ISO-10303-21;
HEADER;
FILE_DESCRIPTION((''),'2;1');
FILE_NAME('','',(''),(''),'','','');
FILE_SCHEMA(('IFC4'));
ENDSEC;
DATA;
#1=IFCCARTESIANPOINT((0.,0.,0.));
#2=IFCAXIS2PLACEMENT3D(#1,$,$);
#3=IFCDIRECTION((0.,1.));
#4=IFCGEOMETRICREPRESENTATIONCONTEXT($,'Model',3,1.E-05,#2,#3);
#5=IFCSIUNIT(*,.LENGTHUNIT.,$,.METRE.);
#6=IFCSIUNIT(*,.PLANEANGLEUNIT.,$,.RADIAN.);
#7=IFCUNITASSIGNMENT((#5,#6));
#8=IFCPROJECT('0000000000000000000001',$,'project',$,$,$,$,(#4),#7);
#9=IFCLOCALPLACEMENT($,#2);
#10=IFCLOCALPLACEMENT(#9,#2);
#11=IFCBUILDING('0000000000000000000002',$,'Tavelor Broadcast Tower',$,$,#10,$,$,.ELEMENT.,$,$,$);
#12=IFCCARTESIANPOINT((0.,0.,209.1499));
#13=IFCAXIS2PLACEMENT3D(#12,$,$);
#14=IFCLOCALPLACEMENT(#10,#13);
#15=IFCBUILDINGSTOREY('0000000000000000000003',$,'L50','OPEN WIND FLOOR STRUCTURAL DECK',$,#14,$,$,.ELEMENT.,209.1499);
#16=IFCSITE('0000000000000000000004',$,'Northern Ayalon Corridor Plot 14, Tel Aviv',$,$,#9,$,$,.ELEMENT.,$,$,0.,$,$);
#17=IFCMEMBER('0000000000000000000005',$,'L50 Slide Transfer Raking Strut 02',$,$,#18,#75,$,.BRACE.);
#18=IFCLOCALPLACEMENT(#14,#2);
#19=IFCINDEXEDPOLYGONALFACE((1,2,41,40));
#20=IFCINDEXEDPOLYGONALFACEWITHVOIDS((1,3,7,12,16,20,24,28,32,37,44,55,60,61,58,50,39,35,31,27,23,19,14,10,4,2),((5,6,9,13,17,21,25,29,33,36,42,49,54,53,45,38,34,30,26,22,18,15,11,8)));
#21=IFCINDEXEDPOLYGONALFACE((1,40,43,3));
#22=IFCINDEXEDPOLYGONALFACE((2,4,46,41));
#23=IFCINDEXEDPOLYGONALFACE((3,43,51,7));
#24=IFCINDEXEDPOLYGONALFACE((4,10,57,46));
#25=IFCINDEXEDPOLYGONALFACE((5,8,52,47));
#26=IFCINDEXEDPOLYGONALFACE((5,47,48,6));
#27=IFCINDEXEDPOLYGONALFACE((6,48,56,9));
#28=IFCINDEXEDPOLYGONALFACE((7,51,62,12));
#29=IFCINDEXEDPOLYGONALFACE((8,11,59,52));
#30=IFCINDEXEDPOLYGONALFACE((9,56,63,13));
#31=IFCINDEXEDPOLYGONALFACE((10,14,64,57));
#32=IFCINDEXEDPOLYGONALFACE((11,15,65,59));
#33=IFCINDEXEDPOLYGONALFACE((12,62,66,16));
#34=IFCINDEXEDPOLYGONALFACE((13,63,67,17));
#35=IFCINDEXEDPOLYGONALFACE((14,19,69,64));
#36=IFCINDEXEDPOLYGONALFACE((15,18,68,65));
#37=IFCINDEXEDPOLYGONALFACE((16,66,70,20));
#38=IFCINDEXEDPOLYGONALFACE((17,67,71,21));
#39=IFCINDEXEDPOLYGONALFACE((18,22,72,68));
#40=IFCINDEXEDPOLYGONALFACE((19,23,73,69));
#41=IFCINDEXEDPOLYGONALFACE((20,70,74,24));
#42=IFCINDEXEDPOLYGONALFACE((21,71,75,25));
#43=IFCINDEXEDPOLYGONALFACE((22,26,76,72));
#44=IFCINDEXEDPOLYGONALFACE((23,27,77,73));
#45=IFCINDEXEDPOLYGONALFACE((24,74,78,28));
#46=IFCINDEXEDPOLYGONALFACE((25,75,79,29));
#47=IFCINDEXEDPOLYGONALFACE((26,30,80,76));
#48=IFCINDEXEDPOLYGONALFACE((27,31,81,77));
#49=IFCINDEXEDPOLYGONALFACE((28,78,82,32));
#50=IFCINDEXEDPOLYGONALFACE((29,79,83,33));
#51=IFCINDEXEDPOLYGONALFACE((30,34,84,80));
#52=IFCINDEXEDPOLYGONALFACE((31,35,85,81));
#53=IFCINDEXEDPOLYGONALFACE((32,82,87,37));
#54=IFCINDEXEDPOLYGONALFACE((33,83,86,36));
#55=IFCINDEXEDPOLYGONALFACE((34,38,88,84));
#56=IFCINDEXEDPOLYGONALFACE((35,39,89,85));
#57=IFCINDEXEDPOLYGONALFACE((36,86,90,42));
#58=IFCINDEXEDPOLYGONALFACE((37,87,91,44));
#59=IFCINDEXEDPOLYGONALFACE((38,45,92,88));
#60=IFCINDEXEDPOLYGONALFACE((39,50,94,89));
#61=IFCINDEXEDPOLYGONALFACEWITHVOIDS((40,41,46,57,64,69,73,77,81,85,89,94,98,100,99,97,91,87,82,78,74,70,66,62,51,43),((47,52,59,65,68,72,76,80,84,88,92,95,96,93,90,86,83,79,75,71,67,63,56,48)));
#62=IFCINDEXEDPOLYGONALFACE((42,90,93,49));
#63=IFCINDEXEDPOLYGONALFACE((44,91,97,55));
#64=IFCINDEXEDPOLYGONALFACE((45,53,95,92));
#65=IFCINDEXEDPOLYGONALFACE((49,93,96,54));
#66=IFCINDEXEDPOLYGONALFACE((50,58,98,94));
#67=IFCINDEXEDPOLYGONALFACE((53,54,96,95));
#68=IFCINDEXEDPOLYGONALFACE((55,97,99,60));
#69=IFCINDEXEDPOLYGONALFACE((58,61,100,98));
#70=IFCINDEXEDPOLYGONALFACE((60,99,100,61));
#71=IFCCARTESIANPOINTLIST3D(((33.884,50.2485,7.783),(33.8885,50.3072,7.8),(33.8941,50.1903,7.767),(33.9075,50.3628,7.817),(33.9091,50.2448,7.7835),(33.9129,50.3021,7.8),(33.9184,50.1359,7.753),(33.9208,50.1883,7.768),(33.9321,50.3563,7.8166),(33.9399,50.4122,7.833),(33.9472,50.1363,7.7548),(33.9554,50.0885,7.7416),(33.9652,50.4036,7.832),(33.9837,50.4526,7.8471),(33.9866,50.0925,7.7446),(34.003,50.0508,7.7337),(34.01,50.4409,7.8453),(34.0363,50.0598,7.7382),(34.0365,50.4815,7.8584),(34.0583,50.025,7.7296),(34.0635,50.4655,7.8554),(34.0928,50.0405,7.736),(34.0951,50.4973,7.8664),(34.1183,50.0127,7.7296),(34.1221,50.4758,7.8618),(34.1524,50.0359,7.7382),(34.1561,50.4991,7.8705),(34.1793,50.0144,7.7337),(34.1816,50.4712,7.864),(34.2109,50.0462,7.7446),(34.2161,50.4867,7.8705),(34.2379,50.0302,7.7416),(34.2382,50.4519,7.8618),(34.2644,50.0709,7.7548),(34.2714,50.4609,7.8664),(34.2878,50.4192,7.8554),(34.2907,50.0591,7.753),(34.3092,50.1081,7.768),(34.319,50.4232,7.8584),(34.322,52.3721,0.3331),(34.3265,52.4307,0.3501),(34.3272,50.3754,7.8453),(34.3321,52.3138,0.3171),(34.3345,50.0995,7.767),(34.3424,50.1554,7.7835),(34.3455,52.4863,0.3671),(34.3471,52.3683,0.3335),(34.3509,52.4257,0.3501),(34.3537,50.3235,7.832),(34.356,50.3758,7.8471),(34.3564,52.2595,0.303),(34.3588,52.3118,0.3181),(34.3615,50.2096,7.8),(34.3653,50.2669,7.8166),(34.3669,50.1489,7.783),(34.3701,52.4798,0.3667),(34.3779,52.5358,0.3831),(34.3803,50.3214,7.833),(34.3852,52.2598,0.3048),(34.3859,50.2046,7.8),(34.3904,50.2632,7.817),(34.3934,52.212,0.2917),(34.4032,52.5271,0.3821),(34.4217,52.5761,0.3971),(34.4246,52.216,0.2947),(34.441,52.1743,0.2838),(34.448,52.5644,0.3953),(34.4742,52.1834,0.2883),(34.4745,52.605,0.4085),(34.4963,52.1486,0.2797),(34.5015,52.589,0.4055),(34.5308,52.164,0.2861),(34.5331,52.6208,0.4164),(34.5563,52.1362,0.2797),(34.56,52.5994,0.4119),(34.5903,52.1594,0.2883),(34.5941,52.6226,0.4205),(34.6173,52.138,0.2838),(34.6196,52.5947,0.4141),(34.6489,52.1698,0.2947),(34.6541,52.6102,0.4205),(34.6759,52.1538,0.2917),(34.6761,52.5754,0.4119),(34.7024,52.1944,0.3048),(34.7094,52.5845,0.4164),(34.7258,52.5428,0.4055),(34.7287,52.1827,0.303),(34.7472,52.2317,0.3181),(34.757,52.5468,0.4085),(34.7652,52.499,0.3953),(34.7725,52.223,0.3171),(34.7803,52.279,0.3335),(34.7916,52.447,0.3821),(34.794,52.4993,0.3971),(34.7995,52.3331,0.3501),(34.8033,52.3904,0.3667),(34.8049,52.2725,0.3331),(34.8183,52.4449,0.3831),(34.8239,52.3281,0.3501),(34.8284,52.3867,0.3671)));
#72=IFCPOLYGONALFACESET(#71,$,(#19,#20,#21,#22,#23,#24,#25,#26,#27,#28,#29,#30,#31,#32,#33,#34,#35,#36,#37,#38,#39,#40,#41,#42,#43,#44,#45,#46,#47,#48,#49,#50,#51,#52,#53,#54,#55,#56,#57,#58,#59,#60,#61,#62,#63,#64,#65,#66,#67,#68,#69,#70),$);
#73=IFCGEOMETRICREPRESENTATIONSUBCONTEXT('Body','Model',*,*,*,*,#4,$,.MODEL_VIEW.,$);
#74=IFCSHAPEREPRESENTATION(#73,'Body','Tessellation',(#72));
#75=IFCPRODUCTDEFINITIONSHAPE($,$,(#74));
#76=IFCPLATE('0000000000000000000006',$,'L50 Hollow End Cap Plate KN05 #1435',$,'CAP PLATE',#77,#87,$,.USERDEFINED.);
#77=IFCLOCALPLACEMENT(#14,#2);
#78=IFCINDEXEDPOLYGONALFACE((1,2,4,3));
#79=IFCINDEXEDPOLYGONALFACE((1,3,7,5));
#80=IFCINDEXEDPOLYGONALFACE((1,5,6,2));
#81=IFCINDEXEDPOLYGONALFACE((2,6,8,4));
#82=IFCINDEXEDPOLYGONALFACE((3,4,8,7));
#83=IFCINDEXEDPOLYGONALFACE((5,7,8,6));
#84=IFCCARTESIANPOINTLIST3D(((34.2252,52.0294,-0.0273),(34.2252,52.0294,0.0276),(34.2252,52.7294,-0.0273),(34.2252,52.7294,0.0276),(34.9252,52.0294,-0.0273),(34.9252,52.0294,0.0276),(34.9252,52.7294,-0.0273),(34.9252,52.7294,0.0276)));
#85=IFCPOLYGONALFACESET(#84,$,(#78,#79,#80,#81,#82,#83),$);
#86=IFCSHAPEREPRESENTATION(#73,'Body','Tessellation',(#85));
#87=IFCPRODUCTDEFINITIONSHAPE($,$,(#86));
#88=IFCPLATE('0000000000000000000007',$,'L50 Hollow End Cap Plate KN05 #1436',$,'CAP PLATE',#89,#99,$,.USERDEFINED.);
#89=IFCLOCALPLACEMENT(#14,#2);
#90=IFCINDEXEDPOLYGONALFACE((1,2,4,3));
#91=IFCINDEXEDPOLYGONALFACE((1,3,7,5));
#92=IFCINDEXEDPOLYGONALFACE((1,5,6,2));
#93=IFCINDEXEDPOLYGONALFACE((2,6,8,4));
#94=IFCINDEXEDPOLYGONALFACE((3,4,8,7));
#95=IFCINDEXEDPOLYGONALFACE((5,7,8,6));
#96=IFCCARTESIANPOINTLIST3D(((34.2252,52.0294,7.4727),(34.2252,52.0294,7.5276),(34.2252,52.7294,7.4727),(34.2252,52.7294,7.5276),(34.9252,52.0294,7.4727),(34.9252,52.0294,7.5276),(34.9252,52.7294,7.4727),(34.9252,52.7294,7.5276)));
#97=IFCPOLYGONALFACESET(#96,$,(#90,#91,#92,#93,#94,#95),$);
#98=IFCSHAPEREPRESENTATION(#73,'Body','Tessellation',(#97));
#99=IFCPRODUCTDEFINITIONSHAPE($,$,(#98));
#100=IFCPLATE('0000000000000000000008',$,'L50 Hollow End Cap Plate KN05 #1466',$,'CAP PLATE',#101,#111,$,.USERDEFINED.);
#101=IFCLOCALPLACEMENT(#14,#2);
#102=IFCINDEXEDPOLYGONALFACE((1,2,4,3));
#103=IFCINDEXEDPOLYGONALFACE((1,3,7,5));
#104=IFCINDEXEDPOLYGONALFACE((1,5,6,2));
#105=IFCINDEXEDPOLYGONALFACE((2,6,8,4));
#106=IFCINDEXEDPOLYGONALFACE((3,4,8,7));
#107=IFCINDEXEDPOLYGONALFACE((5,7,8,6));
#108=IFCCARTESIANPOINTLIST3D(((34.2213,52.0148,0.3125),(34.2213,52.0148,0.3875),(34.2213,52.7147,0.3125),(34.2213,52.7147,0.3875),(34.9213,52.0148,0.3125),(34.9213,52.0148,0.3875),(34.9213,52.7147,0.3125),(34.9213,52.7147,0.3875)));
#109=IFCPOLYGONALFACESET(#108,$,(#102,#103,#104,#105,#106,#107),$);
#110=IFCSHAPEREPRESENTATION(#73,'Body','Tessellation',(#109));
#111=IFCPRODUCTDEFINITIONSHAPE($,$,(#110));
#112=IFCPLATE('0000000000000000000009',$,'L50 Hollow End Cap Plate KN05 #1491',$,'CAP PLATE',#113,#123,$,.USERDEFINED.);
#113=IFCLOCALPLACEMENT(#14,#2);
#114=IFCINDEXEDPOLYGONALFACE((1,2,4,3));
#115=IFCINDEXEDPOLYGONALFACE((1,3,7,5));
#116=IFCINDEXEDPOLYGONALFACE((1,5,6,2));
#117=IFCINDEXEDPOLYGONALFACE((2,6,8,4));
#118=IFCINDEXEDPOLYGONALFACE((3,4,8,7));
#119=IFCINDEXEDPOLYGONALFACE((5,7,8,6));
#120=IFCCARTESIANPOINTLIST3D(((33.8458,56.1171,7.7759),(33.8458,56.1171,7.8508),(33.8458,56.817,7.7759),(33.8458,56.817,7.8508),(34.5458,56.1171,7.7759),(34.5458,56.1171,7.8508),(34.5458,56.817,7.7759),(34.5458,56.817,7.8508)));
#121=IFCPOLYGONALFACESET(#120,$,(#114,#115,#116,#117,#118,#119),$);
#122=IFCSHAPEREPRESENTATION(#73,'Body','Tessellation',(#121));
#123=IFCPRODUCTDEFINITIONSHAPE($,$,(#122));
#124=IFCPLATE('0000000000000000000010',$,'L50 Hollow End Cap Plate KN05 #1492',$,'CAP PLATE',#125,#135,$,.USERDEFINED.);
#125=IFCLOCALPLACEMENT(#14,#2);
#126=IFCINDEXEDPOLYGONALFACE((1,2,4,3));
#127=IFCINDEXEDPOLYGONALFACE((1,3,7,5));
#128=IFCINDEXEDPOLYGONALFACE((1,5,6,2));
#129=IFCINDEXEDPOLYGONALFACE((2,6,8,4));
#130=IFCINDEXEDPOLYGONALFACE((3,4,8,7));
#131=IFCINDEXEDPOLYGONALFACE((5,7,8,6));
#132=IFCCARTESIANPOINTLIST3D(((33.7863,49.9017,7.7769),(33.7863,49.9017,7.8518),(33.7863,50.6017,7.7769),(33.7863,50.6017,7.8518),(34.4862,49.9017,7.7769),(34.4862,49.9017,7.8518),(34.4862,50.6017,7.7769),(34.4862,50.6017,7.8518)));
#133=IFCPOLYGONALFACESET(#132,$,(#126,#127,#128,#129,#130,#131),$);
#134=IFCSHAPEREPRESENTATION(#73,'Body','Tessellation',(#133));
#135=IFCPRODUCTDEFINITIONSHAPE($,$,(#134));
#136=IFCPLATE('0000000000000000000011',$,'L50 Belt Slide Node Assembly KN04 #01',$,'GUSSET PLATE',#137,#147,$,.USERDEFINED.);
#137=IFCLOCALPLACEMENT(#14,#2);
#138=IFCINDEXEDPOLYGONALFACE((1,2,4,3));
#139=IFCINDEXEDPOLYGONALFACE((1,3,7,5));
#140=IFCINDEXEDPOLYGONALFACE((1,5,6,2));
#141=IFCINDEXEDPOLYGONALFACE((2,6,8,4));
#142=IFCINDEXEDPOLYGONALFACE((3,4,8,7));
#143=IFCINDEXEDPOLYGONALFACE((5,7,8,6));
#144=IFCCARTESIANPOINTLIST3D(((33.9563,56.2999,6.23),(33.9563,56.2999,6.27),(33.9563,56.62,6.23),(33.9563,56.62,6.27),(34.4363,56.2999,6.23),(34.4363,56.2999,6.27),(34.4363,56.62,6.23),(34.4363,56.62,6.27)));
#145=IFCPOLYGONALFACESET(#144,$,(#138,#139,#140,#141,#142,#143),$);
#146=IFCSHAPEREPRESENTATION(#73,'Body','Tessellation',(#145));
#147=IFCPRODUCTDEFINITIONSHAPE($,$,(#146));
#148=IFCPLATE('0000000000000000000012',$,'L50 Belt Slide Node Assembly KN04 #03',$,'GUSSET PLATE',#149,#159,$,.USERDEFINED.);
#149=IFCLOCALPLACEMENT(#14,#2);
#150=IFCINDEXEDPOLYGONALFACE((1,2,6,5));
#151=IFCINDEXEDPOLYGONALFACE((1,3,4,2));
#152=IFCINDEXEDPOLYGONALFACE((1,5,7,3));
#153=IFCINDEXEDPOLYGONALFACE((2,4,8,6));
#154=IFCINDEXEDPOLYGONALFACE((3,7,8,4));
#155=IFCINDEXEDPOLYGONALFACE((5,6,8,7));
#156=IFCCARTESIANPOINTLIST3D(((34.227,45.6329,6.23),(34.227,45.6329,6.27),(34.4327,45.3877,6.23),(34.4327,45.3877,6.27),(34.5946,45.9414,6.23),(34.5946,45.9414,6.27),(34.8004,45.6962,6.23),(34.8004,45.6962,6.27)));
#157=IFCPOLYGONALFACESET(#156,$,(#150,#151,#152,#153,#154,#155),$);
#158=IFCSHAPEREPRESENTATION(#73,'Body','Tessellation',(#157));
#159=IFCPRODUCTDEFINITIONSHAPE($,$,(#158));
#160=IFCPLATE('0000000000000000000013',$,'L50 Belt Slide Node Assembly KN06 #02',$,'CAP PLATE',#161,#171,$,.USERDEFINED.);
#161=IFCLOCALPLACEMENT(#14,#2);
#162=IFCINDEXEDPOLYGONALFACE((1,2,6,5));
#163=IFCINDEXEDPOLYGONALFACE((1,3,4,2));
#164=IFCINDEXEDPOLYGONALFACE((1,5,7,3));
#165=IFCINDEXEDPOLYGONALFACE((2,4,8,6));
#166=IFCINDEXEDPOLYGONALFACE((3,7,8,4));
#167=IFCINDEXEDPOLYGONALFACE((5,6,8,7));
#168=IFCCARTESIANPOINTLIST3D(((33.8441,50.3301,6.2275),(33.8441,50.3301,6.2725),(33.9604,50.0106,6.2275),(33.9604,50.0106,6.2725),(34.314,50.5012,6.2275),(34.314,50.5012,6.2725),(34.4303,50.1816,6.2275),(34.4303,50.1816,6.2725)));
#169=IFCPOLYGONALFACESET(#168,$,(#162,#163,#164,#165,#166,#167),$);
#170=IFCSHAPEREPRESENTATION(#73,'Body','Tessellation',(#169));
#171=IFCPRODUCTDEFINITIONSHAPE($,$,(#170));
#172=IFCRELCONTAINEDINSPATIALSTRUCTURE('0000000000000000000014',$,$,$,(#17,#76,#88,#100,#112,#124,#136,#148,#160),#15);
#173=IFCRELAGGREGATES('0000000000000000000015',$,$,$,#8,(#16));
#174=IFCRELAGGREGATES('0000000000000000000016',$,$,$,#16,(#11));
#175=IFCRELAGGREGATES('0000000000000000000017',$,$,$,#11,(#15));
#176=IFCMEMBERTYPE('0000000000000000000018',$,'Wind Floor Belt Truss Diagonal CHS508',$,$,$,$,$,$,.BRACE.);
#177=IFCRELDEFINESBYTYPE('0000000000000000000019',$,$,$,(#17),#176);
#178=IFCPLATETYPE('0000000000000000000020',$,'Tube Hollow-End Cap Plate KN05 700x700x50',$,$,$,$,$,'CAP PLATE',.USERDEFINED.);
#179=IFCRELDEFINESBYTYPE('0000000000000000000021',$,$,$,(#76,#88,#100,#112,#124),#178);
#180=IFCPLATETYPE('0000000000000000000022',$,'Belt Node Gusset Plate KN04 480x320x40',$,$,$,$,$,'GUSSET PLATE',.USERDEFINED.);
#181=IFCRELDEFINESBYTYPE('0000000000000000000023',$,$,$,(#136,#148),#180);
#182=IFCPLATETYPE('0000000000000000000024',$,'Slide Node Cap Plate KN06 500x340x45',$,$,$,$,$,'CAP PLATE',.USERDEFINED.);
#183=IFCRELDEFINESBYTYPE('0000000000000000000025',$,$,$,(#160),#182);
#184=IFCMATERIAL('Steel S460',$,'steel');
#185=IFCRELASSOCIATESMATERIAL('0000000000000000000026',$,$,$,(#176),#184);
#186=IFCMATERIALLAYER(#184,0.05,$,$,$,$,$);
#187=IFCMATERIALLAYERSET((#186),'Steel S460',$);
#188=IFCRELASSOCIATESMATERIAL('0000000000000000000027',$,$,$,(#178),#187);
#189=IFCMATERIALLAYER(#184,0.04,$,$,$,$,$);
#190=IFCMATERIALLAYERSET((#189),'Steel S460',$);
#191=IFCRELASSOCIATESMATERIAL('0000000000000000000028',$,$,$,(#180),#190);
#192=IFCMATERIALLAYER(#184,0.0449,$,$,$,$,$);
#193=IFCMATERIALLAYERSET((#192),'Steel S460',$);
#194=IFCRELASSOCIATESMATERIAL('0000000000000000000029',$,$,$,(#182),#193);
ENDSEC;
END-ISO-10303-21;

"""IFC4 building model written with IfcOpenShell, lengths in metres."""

from ifc_helpers import new_model, si_unit, direction, frame, origin, origin_2d, place, context, subcontext, project, spatial, rectangle, hollow_circle, extrude, source, transform, mapped, material, layer, layer_set, material_profile, profile_set, type_object, type_shapes, element, save


model = new_model("IFC4")

# Units and contexts
model_context = context("Model", 3, precision=1e-05, world=origin(), true_north=direction((0.0, 1.0)))
body_context = subcontext(model_context, "Body", "Model", "MODEL_VIEW")
ifc_project = project(units=[si_unit("LENGTHUNIT", "METRE"), si_unit("PLANEANGLEUNIT", "RADIAN")], contexts=[model_context])

# Site, building, storey
site_placement = place(None, origin())
site = spatial("IfcSite", under=ifc_project, at=site_placement, Name="Northern Ayalon Corridor Plot 14, Tel Aviv", CompositionType="ELEMENT", RefElevation=0.0)
building_placement = place(site_placement, origin())
building = spatial("IfcBuilding", under=site, at=building_placement, Name="Tavelor Broadcast Tower", CompositionType="ELEMENT")
storey_placement = place(building_placement, frame((0.0, 0.0, 209.1499)))
storey = spatial("IfcBuildingStorey", under=building, at=storey_placement, Name="L50", Description="OPEN WIND FLOOR STRUCTURAL DECK", CompositionType="ELEMENT", Elevation=209.1499)

# Shared definitions
ifc_material_1 = material(Name="Steel S460", Category="steel")

# Member
ifc_material_profile_1 = material_profile(ifc_material_1, hollow_circle(Radius=0.2539, WallThickness=0.0249, at=origin_2d()), Name="CHS 508x25")
ifc_profile_set_1 = profile_set([ifc_material_profile_1], Name="Steel S460")
member_type_1 = type_object("IfcMemberType", Name="Wind Floor Belt Truss Diagonal CHS508", PredefinedType="BRACE", material=ifc_profile_set_1)
member_1_placement = place(storey_placement, frame((34.5752, 52.3794, 0.3501), z_axis=(-0.056449, -0.273685, 0.960162), x_axis=(0.979385, -0.202002, 0.0)))
element("IfcMember", 1, at=member_1_placement, inside=storey, type_object=member_type_1, Name="L50 Slide Transfer Raking Strut 02", PredefinedType="BRACE", context=body_context, shape_type="SweptSolid", body=[
    extrude(hollow_circle(Radius=0.2539, WallThickness=0.0249, at=origin_2d()), origin(), (0.0, 0.0, 1.0), 7.759),
])

# Plates
ifc_layer_1 = layer(ifc_material_1, 0.05)
ifc_layer_set_1 = layer_set([ifc_layer_1], Name="Steel S460")
plate_type_1 = type_object("IfcPlateType", Name="Tube Hollow-End Cap Plate KN05 700x700x50", ElementType="CAP PLATE", PredefinedType="USERDEFINED", material=ifc_layer_set_1)
shared_shape_1 = source(origin(), body_context, "Body", "SweptSolid", [
    extrude(rectangle(XDim=0.7, YDim=0.7, at=origin_2d()), origin(), (0.0, 0.0, 1.0), 0.0549),
])
for number, where, z_axis, x_axis, name in (
    (2, (34.5752, 52.3794, -0.0273), (0.0, 0.0, 1.0), (1.0, 0.0, 0.0), "L50 Hollow End Cap Plate KN05 #1435"),
    (3, (34.5752, 52.3794, 7.4727), (0.0, 0.0, 1.0), (1.0, 0.0, 0.0), "L50 Hollow End Cap Plate KN05 #1436"),
):
    element("IfcPlate", number, at=place(storey_placement, frame(where, z_axis=z_axis, x_axis=x_axis)), inside=storey, type_object=plate_type_1, Name=name, ObjectType="CAP PLATE", PredefinedType="USERDEFINED", context=body_context, shape_type="MappedRepresentation", body=[
        mapped(shared_shape_1, transform((0.0, 0.0, 0.0), scale=1.0)),
    ])
shared_shape_2 = source(origin(), body_context, "Body", "SweptSolid", [
    extrude(rectangle(XDim=0.7, YDim=0.7, at=origin_2d()), origin(), (0.0, 0.0, 1.0), 0.075),
])
type_shapes(plate_type_1, [shared_shape_1, shared_shape_2])
for number, where, z_axis, x_axis, name in (
    (4, (34.5713, 52.3647, 0.3125), (0.0, 0.0, 1.0), (1.0, 0.0, 0.0), "L50 Hollow End Cap Plate KN05 #1466"),
    (5, (34.1958, 56.467, 7.7759), (0.0, 0.0, 1.0), (1.0, 0.0, 0.0), "L50 Hollow End Cap Plate KN05 #1491"),
    (6, (34.1362, 50.2517, 7.7769), (0.0, 0.0, 1.0), (1.0, 0.0, 0.0), "L50 Hollow End Cap Plate KN05 #1492"),
):
    element("IfcPlate", number, at=place(storey_placement, frame(where, z_axis=z_axis, x_axis=x_axis)), inside=storey, type_object=plate_type_1, Name=name, ObjectType="CAP PLATE", PredefinedType="USERDEFINED", context=body_context, shape_type="MappedRepresentation", body=[
        mapped(shared_shape_2, transform((0.0, 0.0, 0.0), scale=1.0)),
    ])
ifc_layer_2 = layer(ifc_material_1, 0.04)
ifc_layer_set_2 = layer_set([ifc_layer_2], Name="Steel S460")
plate_type_2 = type_object("IfcPlateType", Name="Belt Node Gusset Plate KN04 480x320x40", ElementType="GUSSET PLATE", PredefinedType="USERDEFINED", material=ifc_layer_set_2)
shared_shape_3 = source(origin(), body_context, "Body", "SweptSolid", [
    extrude(rectangle(XDim=0.48, YDim=0.3201, at=origin_2d()), origin(), (0.0, 0.0, 1.0), 0.04),
])
type_shapes(plate_type_2, [shared_shape_3])
for number, where, z_axis, x_axis, name in (
    (7, (34.1963, 56.46, 6.23), (0.0, 0.0, 1.0), (1.0, 0.0, 0.0), "L50 Belt Slide Node Assembly KN04 #01"),
    (8, (34.5137, 45.6646, 6.23), (0.0, 0.0, 1.0), (0.766044, 0.642788, 0.0), "L50 Belt Slide Node Assembly KN04 #03"),
):
    element("IfcPlate", number, at=place(storey_placement, frame(where, z_axis=z_axis, x_axis=x_axis)), inside=storey, type_object=plate_type_2, Name=name, ObjectType="GUSSET PLATE", PredefinedType="USERDEFINED", context=body_context, shape_type="MappedRepresentation", body=[
        mapped(shared_shape_3, transform((0.0, 0.0, 0.0), scale=1.0)),
    ])
ifc_layer_3 = layer(ifc_material_1, 0.0449)
ifc_layer_set_3 = layer_set([ifc_layer_3], Name="Steel S460")
plate_type_3 = type_object("IfcPlateType", Name="Slide Node Cap Plate KN06 500x340x45", ElementType="CAP PLATE", PredefinedType="USERDEFINED", material=ifc_layer_set_3)
shared_shape_4 = source(origin(), body_context, "Body", "SweptSolid", [
    extrude(rectangle(XDim=0.5, YDim=0.3401, at=origin_2d()), origin(), (0.0, 0.0, 1.0), 0.0449),
])
type_shapes(plate_type_3, [shared_shape_4])
plate_placement = place(storey_placement, frame((34.1372, 50.2559, 6.2275), z_axis=(0.0, 0.0, 1.0), x_axis=(0.939693, 0.34202, 0.0)))
element("IfcPlate", 9, at=plate_placement, inside=storey, type_object=plate_type_3, Name="L50 Belt Slide Node Assembly KN06 #02", ObjectType="CAP PLATE", PredefinedType="USERDEFINED", context=body_context, shape_type="MappedRepresentation", body=[
    mapped(shared_shape_4, transform((0.0, 0.0, 0.0), scale=1.0)),
])

save(model, "model.ifc")
